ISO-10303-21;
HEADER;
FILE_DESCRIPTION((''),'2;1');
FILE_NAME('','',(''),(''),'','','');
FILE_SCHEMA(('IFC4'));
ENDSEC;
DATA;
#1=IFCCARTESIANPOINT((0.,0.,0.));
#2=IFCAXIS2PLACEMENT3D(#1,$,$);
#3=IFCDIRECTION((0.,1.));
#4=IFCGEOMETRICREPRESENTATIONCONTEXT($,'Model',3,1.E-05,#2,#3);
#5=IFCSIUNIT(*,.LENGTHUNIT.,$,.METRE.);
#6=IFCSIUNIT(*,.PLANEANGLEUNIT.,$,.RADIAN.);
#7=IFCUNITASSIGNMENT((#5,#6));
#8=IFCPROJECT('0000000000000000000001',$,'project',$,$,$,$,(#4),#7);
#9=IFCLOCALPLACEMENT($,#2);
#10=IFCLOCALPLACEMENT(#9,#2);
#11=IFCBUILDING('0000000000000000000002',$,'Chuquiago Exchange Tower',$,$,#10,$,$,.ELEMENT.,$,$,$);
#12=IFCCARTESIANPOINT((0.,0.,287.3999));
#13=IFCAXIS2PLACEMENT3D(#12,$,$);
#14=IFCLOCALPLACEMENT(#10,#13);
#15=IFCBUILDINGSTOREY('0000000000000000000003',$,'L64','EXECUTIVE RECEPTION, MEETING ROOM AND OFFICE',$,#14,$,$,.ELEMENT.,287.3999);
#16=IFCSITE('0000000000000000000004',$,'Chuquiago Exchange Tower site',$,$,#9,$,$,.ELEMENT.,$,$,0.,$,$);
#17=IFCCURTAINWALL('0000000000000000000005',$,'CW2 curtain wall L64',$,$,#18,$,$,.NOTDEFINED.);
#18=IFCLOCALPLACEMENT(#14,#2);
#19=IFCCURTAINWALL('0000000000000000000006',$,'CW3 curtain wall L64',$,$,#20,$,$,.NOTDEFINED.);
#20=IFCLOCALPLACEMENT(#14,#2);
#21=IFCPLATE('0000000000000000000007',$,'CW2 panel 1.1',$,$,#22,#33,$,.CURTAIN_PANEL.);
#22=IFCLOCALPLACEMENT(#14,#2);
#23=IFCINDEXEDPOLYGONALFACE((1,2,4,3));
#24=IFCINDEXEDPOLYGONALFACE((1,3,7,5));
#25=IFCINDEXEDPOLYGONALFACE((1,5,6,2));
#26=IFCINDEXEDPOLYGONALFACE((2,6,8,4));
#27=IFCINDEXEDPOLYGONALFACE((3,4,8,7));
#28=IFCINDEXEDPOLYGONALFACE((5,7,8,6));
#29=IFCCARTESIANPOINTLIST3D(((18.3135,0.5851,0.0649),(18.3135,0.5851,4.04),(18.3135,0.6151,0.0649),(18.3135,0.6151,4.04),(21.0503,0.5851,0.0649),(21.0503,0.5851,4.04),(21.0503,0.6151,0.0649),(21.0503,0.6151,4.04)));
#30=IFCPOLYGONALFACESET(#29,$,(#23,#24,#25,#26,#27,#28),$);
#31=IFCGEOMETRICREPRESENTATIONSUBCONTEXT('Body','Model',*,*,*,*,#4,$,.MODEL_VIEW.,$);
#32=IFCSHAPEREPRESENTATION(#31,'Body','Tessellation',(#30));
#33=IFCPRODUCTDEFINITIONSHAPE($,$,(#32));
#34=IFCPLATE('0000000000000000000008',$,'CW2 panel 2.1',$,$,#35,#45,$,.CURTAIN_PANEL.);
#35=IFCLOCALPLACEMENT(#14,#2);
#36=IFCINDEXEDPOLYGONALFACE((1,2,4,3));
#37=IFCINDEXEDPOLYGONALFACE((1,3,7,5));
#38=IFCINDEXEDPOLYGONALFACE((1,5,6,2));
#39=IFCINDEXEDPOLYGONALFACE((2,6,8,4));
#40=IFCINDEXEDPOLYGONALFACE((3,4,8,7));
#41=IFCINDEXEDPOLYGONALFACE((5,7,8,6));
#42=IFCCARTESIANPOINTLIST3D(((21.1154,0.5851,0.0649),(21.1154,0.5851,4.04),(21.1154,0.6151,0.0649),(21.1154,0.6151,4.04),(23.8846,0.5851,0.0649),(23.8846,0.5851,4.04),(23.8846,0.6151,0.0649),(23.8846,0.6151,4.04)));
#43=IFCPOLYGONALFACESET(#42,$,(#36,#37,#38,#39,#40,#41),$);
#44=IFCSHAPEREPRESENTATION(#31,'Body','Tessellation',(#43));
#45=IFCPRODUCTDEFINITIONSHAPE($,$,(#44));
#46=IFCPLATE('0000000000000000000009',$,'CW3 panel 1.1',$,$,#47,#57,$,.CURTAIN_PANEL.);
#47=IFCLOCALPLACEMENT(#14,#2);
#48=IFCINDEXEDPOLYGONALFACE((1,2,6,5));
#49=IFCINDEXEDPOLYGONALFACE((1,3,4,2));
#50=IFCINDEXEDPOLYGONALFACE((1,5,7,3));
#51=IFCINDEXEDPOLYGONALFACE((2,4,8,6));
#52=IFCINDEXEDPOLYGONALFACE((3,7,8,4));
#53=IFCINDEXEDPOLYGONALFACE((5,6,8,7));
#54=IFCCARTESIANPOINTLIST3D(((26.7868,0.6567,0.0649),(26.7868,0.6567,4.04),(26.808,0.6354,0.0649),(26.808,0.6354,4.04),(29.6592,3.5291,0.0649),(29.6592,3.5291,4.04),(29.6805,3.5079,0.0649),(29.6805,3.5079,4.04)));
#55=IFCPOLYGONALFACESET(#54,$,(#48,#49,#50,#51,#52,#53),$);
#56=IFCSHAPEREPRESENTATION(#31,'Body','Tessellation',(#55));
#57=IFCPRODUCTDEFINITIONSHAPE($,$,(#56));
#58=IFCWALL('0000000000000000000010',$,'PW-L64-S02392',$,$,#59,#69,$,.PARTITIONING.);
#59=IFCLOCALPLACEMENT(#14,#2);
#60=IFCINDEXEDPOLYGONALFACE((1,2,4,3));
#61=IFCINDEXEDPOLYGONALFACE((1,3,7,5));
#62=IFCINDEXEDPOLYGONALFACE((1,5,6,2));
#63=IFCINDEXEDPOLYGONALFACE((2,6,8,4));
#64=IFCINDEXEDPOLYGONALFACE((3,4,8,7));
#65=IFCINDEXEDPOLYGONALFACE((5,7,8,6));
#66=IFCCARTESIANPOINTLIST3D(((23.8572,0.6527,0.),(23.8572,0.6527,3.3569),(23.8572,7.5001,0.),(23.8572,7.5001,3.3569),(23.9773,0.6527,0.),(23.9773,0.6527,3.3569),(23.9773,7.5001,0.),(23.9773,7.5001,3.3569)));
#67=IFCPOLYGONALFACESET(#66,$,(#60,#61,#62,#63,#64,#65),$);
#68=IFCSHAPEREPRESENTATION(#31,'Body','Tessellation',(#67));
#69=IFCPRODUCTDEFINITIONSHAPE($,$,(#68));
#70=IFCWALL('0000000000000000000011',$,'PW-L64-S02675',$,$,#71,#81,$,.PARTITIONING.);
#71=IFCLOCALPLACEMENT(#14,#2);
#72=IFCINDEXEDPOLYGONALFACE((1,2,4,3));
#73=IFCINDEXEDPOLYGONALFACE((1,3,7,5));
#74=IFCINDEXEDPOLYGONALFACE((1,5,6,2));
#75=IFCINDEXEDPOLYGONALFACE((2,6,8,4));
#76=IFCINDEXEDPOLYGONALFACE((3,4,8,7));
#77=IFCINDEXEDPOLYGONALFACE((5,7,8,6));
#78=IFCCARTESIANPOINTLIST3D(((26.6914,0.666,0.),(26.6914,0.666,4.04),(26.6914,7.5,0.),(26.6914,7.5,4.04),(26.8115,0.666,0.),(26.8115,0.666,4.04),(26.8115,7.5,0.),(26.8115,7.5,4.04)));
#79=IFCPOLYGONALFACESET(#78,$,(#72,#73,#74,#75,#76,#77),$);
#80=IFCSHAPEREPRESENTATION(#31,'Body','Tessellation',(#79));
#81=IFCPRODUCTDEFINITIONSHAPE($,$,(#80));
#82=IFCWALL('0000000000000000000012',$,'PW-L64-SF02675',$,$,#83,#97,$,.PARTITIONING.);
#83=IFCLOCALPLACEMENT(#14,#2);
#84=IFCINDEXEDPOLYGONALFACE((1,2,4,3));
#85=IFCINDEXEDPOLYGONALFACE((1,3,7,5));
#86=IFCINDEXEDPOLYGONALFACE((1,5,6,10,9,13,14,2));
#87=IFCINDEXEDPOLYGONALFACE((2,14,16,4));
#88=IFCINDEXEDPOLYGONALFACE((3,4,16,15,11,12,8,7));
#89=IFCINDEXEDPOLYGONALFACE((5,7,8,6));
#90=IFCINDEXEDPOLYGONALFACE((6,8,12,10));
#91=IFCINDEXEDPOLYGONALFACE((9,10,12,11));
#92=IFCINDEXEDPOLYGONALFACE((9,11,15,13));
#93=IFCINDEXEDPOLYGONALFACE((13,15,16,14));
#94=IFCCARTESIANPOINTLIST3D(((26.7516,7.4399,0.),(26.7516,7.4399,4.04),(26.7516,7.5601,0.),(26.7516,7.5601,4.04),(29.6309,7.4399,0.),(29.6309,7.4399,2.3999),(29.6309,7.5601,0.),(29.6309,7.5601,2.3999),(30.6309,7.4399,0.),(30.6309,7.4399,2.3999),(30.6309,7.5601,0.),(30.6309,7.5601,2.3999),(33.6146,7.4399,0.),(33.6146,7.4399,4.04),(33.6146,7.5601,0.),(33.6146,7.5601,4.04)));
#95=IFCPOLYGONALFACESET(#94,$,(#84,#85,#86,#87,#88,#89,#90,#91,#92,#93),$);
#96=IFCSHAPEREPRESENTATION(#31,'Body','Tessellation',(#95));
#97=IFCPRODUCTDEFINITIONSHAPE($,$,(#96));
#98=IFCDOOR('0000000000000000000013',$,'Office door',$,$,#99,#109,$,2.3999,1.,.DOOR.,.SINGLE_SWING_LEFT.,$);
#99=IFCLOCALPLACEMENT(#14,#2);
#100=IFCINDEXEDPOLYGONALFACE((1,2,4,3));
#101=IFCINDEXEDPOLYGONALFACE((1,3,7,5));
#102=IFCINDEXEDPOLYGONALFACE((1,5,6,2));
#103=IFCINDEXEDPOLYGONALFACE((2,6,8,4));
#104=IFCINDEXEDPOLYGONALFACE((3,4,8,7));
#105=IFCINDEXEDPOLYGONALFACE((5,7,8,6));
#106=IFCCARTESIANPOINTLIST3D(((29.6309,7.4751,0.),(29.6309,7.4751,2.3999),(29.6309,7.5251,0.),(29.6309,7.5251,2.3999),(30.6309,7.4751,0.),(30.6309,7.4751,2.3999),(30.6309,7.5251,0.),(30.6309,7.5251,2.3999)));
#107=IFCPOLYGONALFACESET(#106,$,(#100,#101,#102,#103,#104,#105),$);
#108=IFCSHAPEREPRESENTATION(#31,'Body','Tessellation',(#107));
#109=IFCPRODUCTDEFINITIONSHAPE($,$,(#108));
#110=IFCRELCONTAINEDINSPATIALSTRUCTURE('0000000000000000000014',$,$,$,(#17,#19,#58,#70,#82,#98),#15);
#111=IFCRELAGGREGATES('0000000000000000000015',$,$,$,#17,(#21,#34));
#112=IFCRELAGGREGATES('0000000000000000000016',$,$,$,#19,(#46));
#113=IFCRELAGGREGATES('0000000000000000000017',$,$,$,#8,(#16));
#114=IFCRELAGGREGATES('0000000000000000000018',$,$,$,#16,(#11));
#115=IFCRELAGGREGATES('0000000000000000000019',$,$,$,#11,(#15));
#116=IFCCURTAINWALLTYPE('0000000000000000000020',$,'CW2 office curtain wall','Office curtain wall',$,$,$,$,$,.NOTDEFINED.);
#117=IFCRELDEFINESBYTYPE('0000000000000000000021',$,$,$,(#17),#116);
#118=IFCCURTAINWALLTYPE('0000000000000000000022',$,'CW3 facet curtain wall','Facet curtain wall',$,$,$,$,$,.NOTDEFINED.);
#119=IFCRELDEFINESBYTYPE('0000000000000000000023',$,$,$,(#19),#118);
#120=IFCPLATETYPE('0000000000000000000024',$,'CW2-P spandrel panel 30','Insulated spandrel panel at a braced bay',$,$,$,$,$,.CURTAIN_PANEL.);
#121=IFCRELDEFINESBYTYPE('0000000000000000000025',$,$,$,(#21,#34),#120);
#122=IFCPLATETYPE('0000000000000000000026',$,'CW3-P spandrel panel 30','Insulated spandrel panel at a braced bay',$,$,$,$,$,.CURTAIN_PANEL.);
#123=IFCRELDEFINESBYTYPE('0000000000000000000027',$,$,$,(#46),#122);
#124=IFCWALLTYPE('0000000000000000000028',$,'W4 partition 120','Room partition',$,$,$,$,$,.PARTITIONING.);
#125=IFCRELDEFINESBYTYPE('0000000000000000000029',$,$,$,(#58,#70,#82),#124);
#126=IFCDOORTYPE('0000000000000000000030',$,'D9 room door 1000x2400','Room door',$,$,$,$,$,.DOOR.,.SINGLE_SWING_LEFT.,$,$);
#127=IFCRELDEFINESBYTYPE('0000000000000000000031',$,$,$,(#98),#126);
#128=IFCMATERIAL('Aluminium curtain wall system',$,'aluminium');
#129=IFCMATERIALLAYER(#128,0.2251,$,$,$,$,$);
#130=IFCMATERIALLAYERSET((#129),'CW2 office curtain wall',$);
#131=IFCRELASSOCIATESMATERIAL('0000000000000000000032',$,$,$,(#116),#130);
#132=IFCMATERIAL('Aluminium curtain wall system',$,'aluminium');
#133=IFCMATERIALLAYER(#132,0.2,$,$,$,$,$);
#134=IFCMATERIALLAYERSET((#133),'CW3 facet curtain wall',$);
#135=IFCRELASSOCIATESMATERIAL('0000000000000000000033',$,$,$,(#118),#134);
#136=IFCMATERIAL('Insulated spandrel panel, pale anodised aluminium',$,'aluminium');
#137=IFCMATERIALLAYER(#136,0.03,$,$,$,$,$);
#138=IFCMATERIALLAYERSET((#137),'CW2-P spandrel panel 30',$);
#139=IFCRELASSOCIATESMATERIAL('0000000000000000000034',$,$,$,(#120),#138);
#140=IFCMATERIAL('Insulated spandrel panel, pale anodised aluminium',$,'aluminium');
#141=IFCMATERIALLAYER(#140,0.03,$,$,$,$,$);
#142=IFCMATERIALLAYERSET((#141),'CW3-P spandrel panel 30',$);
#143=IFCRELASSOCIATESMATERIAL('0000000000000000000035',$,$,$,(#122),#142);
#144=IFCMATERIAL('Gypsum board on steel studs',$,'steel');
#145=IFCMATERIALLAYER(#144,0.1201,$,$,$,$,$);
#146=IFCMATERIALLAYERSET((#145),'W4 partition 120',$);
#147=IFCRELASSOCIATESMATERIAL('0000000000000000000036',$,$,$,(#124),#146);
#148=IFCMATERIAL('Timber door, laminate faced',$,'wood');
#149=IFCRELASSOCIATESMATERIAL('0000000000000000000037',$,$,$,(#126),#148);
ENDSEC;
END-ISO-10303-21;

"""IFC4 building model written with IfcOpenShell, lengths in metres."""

from ifc_helpers import new_model, si_unit, direction, frame, frame_2d, origin, origin_2d, place, context, subcontext, project, spatial, rectangle, extrude, material, layer, layer_set, type_object, element, fill, aggregate, save


model = new_model("IFC4")

# Units and contexts
model_context = context("Model", 3, precision=1e-05, world=origin(), true_north=direction((0.0, 1.0)))
body_context = subcontext(model_context, "Body", "Model", "MODEL_VIEW")
ifc_project = project(units=[si_unit("LENGTHUNIT", "METRE"), si_unit("PLANEANGLEUNIT", "RADIAN")], contexts=[model_context])

# Site, building, storey
site_placement = place(None, origin())
site = spatial("IfcSite", under=ifc_project, at=site_placement, Name="Chuquiago Exchange Tower site", CompositionType="ELEMENT", RefElevation=0.0)
building_placement = place(site_placement, origin())
building = spatial("IfcBuilding", under=site, at=building_placement, Name="Chuquiago Exchange Tower", CompositionType="ELEMENT")
storey_placement = place(building_placement, frame((0.0, 0.0, 287.3999)))
storey = spatial("IfcBuildingStorey", under=building, at=storey_placement, Name="L64", Description="EXECUTIVE RECEPTION, MEETING ROOM AND OFFICE", CompositionType="ELEMENT", Elevation=287.3999)

# Curtain walls
ifc_material_1 = material(Name="Aluminium curtain wall system", Category="aluminium")
ifc_layer_1 = layer(ifc_material_1, 0.2251)
ifc_layer_set_1 = layer_set([ifc_layer_1], Name="CW2 office curtain wall")
curtain_wall_type_1 = type_object("IfcCurtainWallType", Name="CW2 office curtain wall", Description="Office curtain wall", PredefinedType="NOTDEFINED", material=ifc_layer_set_1)
curtain_wall_1_placement = place(storey_placement, origin())
curtain_wall_1 = element("IfcCurtainWall", 1, at=curtain_wall_1_placement, inside=storey, type_object=curtain_wall_type_1, Name="CW2 curtain wall L64", PredefinedType="NOTDEFINED")
ifc_material_2 = material(Name="Aluminium curtain wall system", Category="aluminium")
ifc_layer_2 = layer(ifc_material_2, 0.2)
ifc_layer_set_2 = layer_set([ifc_layer_2], Name="CW3 facet curtain wall")
curtain_wall_type_2 = type_object("IfcCurtainWallType", Name="CW3 facet curtain wall", Description="Facet curtain wall", PredefinedType="NOTDEFINED", material=ifc_layer_set_2)
curtain_wall_2_placement = place(storey_placement, origin())
curtain_wall_2 = element("IfcCurtainWall", 2, at=curtain_wall_2_placement, inside=storey, type_object=curtain_wall_type_2, Name="CW3 curtain wall L64", PredefinedType="NOTDEFINED")

# Plates
ifc_material_3 = material(Name="Insulated spandrel panel, pale anodised aluminium", Category="aluminium")
ifc_layer_3 = layer(ifc_material_3, 0.03)
ifc_layer_set_3 = layer_set([ifc_layer_3], Name="CW2-P spandrel panel 30")
plate_type_1 = type_object("IfcPlateType", Name="CW2-P spandrel panel 30", Description="Insulated spandrel panel at a braced bay", PredefinedType="CURTAIN_PANEL", material=ifc_layer_set_3)
plate_1_placement = place(storey_placement, frame((19.6819, 0.6001, 0.0649), z_axis=(0.0, 0.0, 1.0), x_axis=(1.0, 0.0, 0.0)))
plate_1 = element("IfcPlate", 3, at=plate_1_placement, type_object=plate_type_1, Name="CW2 panel 1.1", PredefinedType="CURTAIN_PANEL", context=body_context, shape_type="SweptSolid", body=[
    extrude(rectangle(XDim=2.7368, YDim=0.03, at=origin_2d()), origin(), (0.0, 0.0, 1.0), 3.9751),
])
plate_2_placement = place(storey_placement, frame((22.5, 0.6001, 0.0649), z_axis=(0.0, 0.0, 1.0), x_axis=(1.0, 0.0, 0.0)))
plate_2 = element("IfcPlate", 4, at=plate_2_placement, type_object=plate_type_1, Name="CW2 panel 2.1", PredefinedType="CURTAIN_PANEL", context=body_context, shape_type="SweptSolid", body=[
    extrude(rectangle(XDim=2.7693, YDim=0.03, at=origin_2d()), origin(), (0.0, 0.0, 1.0), 3.9751),
])
aggregate(curtain_wall_1, [plate_1, plate_2])
ifc_material_4 = material(Name="Insulated spandrel panel, pale anodised aluminium", Category="aluminium")
ifc_layer_4 = layer(ifc_material_4, 0.03)
ifc_layer_set_4 = layer_set([ifc_layer_4], Name="CW3-P spandrel panel 30")
plate_type_2 = type_object("IfcPlateType", Name="CW3-P spandrel panel 30", Description="Insulated spandrel panel at a braced bay", PredefinedType="CURTAIN_PANEL", material=ifc_layer_set_4)
plate_3_placement = place(storey_placement, frame((28.2336, 2.0823, 0.0649), z_axis=(0.0, 0.0, 1.0), x_axis=(0.707107, 0.707107, 0.0)))
plate_3 = element("IfcPlate", 5, at=plate_3_placement, type_object=plate_type_2, Name="CW3 panel 1.1", PredefinedType="CURTAIN_PANEL", context=body_context, shape_type="SweptSolid", body=[
    extrude(rectangle(XDim=4.0623, YDim=0.03, at=origin_2d()), origin(), (0.0, 0.0, 1.0), 3.9751),
])
aggregate(curtain_wall_2, [plate_3])

# Walls
ifc_material_5 = material(Name="Gypsum board on steel studs", Category="steel")
ifc_layer_5 = layer(ifc_material_5, 0.1201)
ifc_layer_set_5 = layer_set([ifc_layer_5], Name="W4 partition 120")
wall_type = type_object("IfcWallType", Name="W4 partition 120", Description="Room partition", PredefinedType="PARTITIONING", material=ifc_layer_set_5)
wall_1_placement = place(storey_placement, frame((23.9172, 0.6526, 0.0), z_axis=(0.0, 0.0, 1.0), x_axis=(0.0, 1.0, 0.0)))
element("IfcWall", 6, at=wall_1_placement, inside=storey, type_object=wall_type, Name="PW-L64-S02392", PredefinedType="PARTITIONING", context=body_context, shape_type="SweptSolid", body=[
    extrude(rectangle(XDim=6.8474, YDim=0.1201, at=frame_2d((3.4238, 0.0))), origin(), (0.0, 0.0, 1.0), 3.3569),
])
wall_2_placement = place(storey_placement, frame((26.7515, 0.666, 0.0), z_axis=(0.0, 0.0, 1.0), x_axis=(0.0, 1.0, 0.0)))
element("IfcWall", 7, at=wall_2_placement, inside=storey, type_object=wall_type, Name="PW-L64-S02675", PredefinedType="PARTITIONING", context=body_context, shape_type="SweptSolid", body=[
    extrude(rectangle(XDim=6.834, YDim=0.1201, at=frame_2d((3.417, 0.0))), origin(), (0.0, 0.0, 1.0), 4.04),
])

# Wall, opening, door
wall_3_placement = place(storey_placement, frame((26.7515, 7.5, 0.0), z_axis=(0.0, 0.0, 1.0), x_axis=(1.0, 0.0, 0.0)))
wall_3 = element("IfcWall", 8, at=wall_3_placement, inside=storey, type_object=wall_type, Name="PW-L64-SF02675", PredefinedType="PARTITIONING", context=body_context, shape_type="SweptSolid", body=[
    extrude(rectangle(XDim=6.863, YDim=0.1201, at=frame_2d((3.4316, 0.0))), origin(), (0.0, 0.0, 1.0), 4.04),
])
opening_1_placement = place(wall_3_placement, frame((2.8794, 0.0, 0.0)))
opening_1 = element("IfcOpeningElement", 9, at=opening_1_placement, cuts=wall_3, PredefinedType="OPENING", context=body_context, shape_type="SweptSolid", body=[
    extrude(rectangle(XDim=1.0, YDim=2.3999, at=frame_2d((0.5, 1.2))), frame((0.0, 0.0701, 0.0), z_axis=(0.0, -1.0, 0.0), x_axis=(1.0, 0.0, 0.0)), (0.0, 0.0, 1.0), 0.1401),
])
ifc_material_6 = material(Name="Timber door, laminate faced", Category="wood")
door_type_1 = type_object("IfcDoorType", Name="D9 room door 1000x2400", Description="Room door", OperationType="SINGLE_SWING_LEFT", PredefinedType="DOOR", material=ifc_material_6)
door_1_placement = place(opening_1_placement, frame((1.0, 0.0, 0.0), z_axis=(0.0, 0.0, 1.0), x_axis=(-1.0, 0.0, 0.0)))
door_1 = element("IfcDoor", 10, at=door_1_placement, inside=storey, type_object=door_type_1, Name="Office door", OperationType="SINGLE_SWING_LEFT", OverallHeight=2.3999, OverallWidth=1.0, PredefinedType="DOOR", context=body_context, shape_type="SweptSolid", body=[
    extrude(rectangle(XDim=1.0, YDim=2.3999, at=frame_2d((0.5, 1.2))), frame((0.0, 0.0249, 0.0), z_axis=(0.0, -1.0, 0.0), x_axis=(1.0, 0.0, 0.0)), (0.0, 0.0, 1.0), 0.05),
])
fill(opening_1, door_1)

save(model, "model.ifc")
